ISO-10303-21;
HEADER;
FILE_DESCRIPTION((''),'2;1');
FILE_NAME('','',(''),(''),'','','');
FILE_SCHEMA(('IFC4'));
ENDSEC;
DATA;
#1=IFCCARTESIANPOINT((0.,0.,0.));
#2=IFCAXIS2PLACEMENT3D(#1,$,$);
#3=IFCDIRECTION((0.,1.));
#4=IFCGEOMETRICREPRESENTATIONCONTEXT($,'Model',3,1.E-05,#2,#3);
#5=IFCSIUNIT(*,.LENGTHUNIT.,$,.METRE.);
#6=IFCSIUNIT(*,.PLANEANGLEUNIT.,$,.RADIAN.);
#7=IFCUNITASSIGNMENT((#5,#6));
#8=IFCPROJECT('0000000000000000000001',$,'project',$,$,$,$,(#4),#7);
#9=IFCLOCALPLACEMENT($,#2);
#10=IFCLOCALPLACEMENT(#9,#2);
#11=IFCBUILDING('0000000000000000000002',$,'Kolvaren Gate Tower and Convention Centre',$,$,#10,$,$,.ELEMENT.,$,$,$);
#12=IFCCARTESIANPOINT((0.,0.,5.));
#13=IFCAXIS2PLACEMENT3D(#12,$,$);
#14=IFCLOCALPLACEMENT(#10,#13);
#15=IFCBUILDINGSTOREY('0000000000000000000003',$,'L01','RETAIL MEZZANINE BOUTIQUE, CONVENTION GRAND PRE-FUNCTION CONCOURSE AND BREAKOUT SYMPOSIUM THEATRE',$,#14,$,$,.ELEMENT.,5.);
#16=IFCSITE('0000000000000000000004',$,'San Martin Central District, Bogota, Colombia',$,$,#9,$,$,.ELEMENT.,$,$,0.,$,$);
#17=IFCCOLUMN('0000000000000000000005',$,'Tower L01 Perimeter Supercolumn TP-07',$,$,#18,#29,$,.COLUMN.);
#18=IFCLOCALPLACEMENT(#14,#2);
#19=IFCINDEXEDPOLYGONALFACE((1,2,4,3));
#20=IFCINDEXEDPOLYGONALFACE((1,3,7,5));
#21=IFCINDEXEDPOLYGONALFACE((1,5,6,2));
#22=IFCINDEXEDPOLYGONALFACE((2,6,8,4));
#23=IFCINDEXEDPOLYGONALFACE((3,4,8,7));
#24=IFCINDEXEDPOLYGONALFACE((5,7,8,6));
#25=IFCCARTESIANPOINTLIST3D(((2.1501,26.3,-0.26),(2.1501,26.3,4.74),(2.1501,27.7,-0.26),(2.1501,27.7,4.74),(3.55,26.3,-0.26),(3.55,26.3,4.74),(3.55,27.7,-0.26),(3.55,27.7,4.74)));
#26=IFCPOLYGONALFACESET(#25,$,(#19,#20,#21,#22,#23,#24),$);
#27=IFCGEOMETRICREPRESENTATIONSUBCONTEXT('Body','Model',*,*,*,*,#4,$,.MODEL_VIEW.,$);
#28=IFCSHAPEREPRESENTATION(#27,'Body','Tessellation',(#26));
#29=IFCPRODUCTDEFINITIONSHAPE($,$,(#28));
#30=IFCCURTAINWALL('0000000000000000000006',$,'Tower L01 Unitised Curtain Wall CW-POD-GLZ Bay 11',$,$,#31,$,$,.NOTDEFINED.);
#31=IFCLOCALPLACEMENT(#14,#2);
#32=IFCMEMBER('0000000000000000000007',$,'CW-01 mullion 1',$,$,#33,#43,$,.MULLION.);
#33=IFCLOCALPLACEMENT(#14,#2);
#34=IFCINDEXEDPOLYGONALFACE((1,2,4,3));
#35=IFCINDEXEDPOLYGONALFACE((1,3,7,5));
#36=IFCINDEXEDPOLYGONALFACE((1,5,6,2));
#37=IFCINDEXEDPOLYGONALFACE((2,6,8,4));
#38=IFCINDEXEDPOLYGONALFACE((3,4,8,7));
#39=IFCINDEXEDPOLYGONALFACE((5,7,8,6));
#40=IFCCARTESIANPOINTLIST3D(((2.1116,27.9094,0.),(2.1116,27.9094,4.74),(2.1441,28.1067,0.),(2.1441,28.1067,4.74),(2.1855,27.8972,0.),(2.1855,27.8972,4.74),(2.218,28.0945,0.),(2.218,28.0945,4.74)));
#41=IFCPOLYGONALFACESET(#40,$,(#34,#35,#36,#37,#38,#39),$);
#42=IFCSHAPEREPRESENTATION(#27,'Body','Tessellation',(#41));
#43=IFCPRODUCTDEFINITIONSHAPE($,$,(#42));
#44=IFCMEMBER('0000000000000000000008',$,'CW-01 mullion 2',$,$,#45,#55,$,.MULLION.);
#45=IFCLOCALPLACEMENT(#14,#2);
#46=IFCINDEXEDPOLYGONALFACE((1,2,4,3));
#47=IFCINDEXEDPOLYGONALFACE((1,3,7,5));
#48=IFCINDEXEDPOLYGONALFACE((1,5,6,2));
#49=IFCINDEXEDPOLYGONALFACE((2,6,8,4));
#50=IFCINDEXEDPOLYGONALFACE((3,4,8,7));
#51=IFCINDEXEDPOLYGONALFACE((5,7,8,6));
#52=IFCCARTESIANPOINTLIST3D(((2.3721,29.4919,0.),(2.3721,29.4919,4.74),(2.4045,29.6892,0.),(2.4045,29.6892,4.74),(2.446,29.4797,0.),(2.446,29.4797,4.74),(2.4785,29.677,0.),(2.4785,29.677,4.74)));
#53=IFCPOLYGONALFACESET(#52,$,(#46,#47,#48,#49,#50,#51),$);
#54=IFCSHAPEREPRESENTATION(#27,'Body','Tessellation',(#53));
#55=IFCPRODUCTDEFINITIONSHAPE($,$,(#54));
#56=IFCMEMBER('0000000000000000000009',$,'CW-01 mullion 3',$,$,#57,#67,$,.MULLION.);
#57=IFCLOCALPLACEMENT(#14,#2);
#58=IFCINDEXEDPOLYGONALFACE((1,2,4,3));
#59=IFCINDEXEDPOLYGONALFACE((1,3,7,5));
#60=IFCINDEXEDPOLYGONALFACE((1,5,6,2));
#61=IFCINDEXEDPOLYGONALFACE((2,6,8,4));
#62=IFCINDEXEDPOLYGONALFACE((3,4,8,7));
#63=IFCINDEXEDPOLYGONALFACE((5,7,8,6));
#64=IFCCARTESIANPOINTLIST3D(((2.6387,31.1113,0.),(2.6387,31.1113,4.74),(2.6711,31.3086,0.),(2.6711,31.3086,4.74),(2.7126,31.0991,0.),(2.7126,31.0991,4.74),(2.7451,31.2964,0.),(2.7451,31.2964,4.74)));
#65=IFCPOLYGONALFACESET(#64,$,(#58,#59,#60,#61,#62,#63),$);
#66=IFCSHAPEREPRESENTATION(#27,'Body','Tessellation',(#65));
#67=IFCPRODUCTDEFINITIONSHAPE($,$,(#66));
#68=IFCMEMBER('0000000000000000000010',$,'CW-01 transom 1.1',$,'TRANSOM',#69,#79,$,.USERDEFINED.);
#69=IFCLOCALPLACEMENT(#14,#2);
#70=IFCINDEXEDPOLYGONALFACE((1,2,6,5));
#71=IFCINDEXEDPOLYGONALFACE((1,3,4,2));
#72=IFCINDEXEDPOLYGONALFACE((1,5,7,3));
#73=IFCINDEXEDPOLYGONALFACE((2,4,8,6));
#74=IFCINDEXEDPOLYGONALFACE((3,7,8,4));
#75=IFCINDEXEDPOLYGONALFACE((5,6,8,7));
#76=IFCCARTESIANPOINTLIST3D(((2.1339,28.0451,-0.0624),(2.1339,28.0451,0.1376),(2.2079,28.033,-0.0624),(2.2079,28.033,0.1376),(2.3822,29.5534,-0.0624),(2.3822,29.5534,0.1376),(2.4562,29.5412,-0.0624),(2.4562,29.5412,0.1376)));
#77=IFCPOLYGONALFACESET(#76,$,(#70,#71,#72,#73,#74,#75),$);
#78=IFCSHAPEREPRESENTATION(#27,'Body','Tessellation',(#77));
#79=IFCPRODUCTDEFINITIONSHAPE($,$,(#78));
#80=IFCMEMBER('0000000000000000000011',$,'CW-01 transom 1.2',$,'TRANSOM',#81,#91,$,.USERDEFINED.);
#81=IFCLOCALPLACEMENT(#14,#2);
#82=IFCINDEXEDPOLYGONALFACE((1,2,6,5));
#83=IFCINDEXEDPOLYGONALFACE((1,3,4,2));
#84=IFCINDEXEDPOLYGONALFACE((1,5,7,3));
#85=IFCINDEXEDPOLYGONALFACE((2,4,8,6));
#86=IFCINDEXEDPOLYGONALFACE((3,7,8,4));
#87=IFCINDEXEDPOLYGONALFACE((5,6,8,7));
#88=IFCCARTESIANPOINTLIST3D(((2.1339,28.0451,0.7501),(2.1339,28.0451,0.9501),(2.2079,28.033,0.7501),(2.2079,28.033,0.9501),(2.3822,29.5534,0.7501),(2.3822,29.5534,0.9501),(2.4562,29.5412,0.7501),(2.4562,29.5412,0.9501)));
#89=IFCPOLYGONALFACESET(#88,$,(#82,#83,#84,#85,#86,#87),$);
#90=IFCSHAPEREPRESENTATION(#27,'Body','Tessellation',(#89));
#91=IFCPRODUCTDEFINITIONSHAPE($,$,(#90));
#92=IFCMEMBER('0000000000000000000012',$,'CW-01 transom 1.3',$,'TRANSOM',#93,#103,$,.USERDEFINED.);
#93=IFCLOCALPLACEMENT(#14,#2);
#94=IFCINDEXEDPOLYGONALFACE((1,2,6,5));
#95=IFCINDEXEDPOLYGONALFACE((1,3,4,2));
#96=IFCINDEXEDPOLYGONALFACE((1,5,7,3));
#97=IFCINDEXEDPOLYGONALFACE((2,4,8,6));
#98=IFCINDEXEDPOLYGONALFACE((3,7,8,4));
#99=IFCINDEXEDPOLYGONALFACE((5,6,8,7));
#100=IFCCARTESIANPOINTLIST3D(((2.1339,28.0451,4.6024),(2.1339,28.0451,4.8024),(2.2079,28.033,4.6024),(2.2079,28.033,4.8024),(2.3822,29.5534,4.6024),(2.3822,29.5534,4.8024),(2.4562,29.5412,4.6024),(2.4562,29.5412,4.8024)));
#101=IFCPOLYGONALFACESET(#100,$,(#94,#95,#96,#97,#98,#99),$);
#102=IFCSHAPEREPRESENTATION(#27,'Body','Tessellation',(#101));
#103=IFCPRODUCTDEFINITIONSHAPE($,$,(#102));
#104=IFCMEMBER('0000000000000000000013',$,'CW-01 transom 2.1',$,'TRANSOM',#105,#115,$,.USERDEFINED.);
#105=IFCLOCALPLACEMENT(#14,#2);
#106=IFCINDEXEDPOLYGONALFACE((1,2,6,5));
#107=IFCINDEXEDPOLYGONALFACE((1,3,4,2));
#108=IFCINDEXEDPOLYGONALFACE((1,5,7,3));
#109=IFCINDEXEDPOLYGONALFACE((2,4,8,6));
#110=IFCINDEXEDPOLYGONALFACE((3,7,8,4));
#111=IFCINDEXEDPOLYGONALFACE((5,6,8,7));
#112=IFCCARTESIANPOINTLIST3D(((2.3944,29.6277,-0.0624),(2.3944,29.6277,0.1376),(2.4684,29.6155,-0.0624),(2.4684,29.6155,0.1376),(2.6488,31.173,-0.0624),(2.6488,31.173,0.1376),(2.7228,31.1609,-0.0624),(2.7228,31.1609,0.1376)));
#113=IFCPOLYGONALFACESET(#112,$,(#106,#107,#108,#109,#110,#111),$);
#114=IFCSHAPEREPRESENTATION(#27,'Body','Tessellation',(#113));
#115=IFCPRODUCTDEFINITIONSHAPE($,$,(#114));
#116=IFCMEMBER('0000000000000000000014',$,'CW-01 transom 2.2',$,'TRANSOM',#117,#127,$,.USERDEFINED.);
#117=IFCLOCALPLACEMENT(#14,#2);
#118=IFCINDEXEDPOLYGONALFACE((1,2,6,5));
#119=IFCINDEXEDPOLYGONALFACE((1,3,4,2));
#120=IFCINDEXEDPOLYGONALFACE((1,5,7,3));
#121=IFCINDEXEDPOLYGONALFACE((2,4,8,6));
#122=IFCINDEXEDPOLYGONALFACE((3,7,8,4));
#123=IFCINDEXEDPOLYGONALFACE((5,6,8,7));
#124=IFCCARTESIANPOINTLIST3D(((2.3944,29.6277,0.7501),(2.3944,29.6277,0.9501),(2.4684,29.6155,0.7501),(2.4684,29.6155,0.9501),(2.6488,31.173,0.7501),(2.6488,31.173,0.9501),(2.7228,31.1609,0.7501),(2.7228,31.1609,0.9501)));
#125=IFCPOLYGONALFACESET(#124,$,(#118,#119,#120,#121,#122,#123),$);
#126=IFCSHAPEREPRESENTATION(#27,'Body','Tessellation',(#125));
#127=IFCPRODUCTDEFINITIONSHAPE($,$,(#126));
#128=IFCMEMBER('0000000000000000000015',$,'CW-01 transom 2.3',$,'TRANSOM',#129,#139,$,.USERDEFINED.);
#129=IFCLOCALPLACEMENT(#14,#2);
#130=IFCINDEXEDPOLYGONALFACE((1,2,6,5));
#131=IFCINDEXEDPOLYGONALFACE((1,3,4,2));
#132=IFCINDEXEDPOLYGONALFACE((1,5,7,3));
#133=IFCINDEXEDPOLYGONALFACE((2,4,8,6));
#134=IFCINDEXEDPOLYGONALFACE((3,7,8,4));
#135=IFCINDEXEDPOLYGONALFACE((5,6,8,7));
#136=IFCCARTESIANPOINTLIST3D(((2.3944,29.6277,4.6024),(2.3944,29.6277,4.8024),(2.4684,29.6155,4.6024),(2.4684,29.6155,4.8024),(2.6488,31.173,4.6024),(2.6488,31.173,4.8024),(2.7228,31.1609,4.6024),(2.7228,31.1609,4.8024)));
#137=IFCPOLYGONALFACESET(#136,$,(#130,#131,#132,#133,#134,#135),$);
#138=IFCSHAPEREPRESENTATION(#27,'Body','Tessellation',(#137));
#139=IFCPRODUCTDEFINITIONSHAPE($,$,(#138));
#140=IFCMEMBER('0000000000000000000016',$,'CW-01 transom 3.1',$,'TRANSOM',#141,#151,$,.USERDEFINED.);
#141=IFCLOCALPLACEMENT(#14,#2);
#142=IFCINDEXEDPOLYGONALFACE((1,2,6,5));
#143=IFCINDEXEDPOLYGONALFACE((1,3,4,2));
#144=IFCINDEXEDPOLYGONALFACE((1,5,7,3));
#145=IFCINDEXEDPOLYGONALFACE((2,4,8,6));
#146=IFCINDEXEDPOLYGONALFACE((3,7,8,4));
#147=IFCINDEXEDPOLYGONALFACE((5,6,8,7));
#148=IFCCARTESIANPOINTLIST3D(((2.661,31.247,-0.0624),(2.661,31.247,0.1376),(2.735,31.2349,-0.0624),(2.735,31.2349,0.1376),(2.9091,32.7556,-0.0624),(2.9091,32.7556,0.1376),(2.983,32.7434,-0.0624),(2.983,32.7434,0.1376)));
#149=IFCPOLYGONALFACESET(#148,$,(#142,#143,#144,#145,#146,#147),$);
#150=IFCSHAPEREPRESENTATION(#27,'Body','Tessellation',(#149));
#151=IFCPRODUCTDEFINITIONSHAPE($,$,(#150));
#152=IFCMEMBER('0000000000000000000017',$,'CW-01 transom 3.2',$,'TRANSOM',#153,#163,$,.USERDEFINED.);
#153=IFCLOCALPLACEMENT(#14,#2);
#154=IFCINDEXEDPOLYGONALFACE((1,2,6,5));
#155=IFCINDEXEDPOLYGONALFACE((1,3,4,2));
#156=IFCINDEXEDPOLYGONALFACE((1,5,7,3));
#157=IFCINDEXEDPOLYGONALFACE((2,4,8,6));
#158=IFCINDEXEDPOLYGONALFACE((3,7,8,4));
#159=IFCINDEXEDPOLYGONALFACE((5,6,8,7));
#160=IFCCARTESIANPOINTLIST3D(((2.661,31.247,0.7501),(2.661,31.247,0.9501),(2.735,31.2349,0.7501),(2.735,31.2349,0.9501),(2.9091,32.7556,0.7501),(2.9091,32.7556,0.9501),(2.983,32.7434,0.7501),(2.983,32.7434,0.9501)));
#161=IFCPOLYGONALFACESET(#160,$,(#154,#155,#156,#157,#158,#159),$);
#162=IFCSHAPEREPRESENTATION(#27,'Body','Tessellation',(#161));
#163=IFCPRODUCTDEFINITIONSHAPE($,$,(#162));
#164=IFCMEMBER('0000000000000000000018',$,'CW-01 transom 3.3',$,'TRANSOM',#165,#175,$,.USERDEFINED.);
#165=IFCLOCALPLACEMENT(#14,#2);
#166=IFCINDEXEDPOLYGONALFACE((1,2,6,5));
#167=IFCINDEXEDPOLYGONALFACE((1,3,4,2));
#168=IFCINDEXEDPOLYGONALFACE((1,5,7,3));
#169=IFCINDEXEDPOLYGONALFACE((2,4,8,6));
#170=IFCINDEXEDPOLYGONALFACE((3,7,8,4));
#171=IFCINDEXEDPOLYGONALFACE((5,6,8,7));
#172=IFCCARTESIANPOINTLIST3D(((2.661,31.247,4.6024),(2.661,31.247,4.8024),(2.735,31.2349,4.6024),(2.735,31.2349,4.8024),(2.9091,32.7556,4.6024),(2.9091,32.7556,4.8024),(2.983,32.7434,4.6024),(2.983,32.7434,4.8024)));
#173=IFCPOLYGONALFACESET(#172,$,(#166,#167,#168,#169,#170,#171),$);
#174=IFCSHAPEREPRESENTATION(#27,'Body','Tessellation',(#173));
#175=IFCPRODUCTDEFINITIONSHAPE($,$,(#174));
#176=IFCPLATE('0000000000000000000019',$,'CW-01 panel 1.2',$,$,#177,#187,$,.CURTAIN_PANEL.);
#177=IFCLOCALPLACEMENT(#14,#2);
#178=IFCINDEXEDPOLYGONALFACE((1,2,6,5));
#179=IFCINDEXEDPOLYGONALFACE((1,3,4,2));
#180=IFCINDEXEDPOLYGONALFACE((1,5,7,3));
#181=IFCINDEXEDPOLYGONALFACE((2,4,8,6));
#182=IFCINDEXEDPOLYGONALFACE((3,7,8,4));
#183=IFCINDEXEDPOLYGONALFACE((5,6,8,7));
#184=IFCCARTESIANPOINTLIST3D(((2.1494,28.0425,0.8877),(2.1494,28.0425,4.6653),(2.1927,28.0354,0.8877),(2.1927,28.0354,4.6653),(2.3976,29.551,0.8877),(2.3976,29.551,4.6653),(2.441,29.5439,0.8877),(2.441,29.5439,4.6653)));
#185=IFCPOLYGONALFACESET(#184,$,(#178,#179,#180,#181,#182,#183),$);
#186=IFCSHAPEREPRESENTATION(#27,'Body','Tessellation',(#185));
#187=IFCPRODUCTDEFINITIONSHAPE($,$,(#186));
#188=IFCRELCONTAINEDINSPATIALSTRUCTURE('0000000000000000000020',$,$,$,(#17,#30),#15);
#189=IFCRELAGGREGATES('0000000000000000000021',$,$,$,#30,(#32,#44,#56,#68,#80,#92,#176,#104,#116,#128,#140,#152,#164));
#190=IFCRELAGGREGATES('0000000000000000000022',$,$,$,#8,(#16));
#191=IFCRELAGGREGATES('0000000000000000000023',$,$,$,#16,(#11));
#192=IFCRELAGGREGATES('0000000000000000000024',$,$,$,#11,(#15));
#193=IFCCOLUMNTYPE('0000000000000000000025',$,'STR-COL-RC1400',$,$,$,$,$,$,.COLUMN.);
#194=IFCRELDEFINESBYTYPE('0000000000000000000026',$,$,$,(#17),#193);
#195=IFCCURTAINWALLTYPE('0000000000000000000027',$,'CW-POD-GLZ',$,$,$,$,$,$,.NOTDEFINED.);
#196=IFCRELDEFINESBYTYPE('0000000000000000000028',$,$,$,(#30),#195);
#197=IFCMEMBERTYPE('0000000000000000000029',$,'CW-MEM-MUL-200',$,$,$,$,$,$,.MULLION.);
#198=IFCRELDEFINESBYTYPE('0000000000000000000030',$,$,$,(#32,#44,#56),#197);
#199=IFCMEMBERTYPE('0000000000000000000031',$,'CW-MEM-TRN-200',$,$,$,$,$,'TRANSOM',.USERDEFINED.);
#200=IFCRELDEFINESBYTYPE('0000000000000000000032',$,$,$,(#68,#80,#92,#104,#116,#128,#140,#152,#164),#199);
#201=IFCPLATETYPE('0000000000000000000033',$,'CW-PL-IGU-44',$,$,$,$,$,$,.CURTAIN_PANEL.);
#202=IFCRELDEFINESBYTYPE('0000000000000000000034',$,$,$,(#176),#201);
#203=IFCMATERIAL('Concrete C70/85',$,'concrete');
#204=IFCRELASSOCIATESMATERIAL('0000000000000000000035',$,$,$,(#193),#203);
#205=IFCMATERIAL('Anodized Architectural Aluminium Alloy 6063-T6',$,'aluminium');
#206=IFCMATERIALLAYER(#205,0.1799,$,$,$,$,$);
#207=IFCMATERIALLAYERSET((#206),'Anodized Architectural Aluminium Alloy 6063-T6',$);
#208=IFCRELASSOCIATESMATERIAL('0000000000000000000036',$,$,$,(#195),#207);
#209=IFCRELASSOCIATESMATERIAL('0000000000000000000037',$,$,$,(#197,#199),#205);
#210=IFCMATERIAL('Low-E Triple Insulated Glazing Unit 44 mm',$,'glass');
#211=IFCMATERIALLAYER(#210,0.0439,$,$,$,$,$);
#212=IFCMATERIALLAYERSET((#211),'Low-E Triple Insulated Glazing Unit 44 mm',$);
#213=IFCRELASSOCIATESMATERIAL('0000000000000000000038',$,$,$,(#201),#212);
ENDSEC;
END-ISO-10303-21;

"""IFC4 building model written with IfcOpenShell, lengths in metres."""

from ifc_helpers import new_model, si_unit, direction, frame, origin, origin_2d, place, context, subcontext, project, spatial, rectangle, extrude, material, layer, layer_set, material_profile, profile_set, type_object, element, aggregate, save


model = new_model("IFC4")

# Units and contexts
model_context = context("Model", 3, precision=1e-05, world=origin(), true_north=direction((0.0, 1.0)))
body_context = subcontext(model_context, "Body", "Model", "MODEL_VIEW")
ifc_project = project(units=[si_unit("LENGTHUNIT", "METRE"), si_unit("PLANEANGLEUNIT", "RADIAN")], contexts=[model_context])

# Site, building, storey
site_placement = place(None, origin())
site = spatial("IfcSite", under=ifc_project, at=site_placement, Name="San Martin Central District, Bogota, Colombia", CompositionType="ELEMENT", RefElevation=0.0)
building_placement = place(site_placement, origin())
building = spatial("IfcBuilding", under=site, at=building_placement, Name="Kolvaren Gate Tower and Convention Centre", CompositionType="ELEMENT")
storey_placement = place(building_placement, frame((0.0, 0.0, 5.0)))
storey = spatial("IfcBuildingStorey", under=building, at=storey_placement, Name="L01", Description="RETAIL MEZZANINE BOUTIQUE, CONVENTION GRAND PRE-FUNCTION CONCOURSE AND BREAKOUT SYMPOSIUM THEATRE", CompositionType="ELEMENT", Elevation=5.0)

# Column
ifc_material_1 = material(Name="Concrete C70/85", Category="concrete")
ifc_material_profile_1 = material_profile(ifc_material_1, rectangle(XDim=1.3999, YDim=1.3999, at=origin_2d()), Name="RC-COL-1400X1400")
ifc_profile_set_1 = profile_set([ifc_material_profile_1], Name="Concrete C70/85")
column_type = type_object("IfcColumnType", Name="STR-COL-RC1400", PredefinedType="COLUMN", material=ifc_profile_set_1)
column_placement = place(storey_placement, frame((2.8501, 27.0, -0.26), z_axis=(0.0, 0.0, 1.0), x_axis=(1.0, 0.0, 0.0)))
element("IfcColumn", 1, at=column_placement, inside=storey, type_object=column_type, Name="Tower L01 Perimeter Supercolumn TP-07", PredefinedType="COLUMN", context=body_context, shape_type="SweptSolid", body=[
    extrude(rectangle(XDim=1.3999, YDim=1.3999, at=origin_2d()), origin(), (0.0, 0.0, 1.0), 5.0),
])

# Curtain wall, members, plate
ifc_material_2 = material(Name="Anodized Architectural Aluminium Alloy 6063-T6", Category="aluminium")
ifc_layer_1 = layer(ifc_material_2, 0.1799)
ifc_layer_set_1 = layer_set([ifc_layer_1], Name="Anodized Architectural Aluminium Alloy 6063-T6")
curtain_wall_type = type_object("IfcCurtainWallType", Name="CW-POD-GLZ", PredefinedType="NOTDEFINED", material=ifc_layer_set_1)
curtain_wall_placement = place(storey_placement, origin())
curtain_wall = element("IfcCurtainWall", 2, at=curtain_wall_placement, inside=storey, type_object=curtain_wall_type, Name="Tower L01 Unitised Curtain Wall CW-POD-GLZ Bay 11", PredefinedType="NOTDEFINED")
ifc_material_profile_2 = material_profile(ifc_material_2, rectangle(XDim=0.075, YDim=0.2, at=origin_2d()), Name="CW-MEM-MUL-200")
ifc_profile_set_2 = profile_set([ifc_material_profile_2], Name="Anodized Architectural Aluminium Alloy 6063-T6")
member_type_1 = type_object("IfcMemberType", Name="CW-MEM-MUL-200", PredefinedType="MULLION", material=ifc_profile_set_2)
member_1_placement = place(storey_placement, frame((2.1648, 28.002, 0.0), z_axis=(0.0, 0.0, 1.0), x_axis=(-0.986729, 0.162376, 0.0)))
member_1 = element("IfcMember", 3, at=member_1_placement, type_object=member_type_1, Name="CW-01 mullion 1", PredefinedType="MULLION", context=body_context, shape_type="SweptSolid", body=[
    extrude(rectangle(XDim=0.075, YDim=0.2, at=origin_2d()), origin(), (0.0, 0.0, 1.0), 4.74),
])
member_2_placement = place(storey_placement, frame((2.4253, 29.5845, 0.0), z_axis=(0.0, 0.0, 1.0), x_axis=(-0.986729, 0.162376, 0.0)))
member_2 = element("IfcMember", 4, at=member_2_placement, type_object=member_type_1, Name="CW-01 mullion 2", PredefinedType="MULLION", context=body_context, shape_type="SweptSolid", body=[
    extrude(rectangle(XDim=0.075, YDim=0.2, at=origin_2d()), origin(), (0.0, 0.0, 1.0), 4.74),
])
member_3_placement = place(storey_placement, frame((2.6919, 31.2039, 0.0), z_axis=(0.0, 0.0, 1.0), x_axis=(-0.986729, 0.162376, 0.0)))
member_3 = element("IfcMember", 5, at=member_3_placement, type_object=member_type_1, Name="CW-01 mullion 3", PredefinedType="MULLION", context=body_context, shape_type="SweptSolid", body=[
    extrude(rectangle(XDim=0.075, YDim=0.2, at=origin_2d()), origin(), (0.0, 0.0, 1.0), 4.74),
])
ifc_material_profile_3 = material_profile(ifc_material_2, rectangle(XDim=0.075, YDim=0.2, at=origin_2d()), Name="CW-MEM-TRN-200")
ifc_profile_set_3 = profile_set([ifc_material_profile_3], Name="Anodized Architectural Aluminium Alloy 6063-T6")
member_type_2 = type_object("IfcMemberType", Name="CW-MEM-TRN-200", ElementType="TRANSOM", PredefinedType="USERDEFINED", material=ifc_profile_set_3)
member_4_placement = place(storey_placement, frame((2.1709, 28.0391, 0.0376), z_axis=(0.16243, 0.98672, 0.0), x_axis=(-0.98672, 0.16243, 0.0)))
member_4 = element("IfcMember", 6, at=member_4_placement, type_object=member_type_2, Name="CW-01 transom 1.1", ObjectType="TRANSOM", PredefinedType="USERDEFINED", context=body_context, shape_type="SweptSolid", body=[
    extrude(rectangle(XDim=0.075, YDim=0.2, at=origin_2d()), origin(), (0.0, 0.0, 1.0), 1.5286),
])
member_5_placement = place(storey_placement, frame((2.1709, 28.0391, 0.8501), z_axis=(0.16243, 0.98672, 0.0), x_axis=(-0.98672, 0.16243, 0.0)))
member_5 = element("IfcMember", 7, at=member_5_placement, type_object=member_type_2, Name="CW-01 transom 1.2", ObjectType="TRANSOM", PredefinedType="USERDEFINED", context=body_context, shape_type="SweptSolid", body=[
    extrude(rectangle(XDim=0.075, YDim=0.2, at=origin_2d()), origin(), (0.0, 0.0, 1.0), 1.5286),
])
member_6_placement = place(storey_placement, frame((2.1709, 28.0391, 4.7024), z_axis=(0.16243, 0.98672, 0.0), x_axis=(-0.98672, 0.16243, 0.0)))
member_6 = element("IfcMember", 8, at=member_6_placement, type_object=member_type_2, Name="CW-01 transom 1.3", ObjectType="TRANSOM", PredefinedType="USERDEFINED", context=body_context, shape_type="SweptSolid", body=[
    extrude(rectangle(XDim=0.075, YDim=0.2, at=origin_2d()), origin(), (0.0, 0.0, 1.0), 1.5286),
])
member_7_placement = place(storey_placement, frame((2.4314, 29.6216, 0.0376), z_axis=(0.162427, 0.986721, 0.0), x_axis=(-0.986721, 0.162427, 0.0)))
member_7 = element("IfcMember", 9, at=member_7_placement, type_object=member_type_2, Name="CW-01 transom 2.1", ObjectType="TRANSOM", PredefinedType="USERDEFINED", context=body_context, shape_type="SweptSolid", body=[
    extrude(rectangle(XDim=0.075, YDim=0.2, at=origin_2d()), origin(), (0.0, 0.0, 1.0), 1.5662),
])
member_8_placement = place(storey_placement, frame((2.4314, 29.6216, 0.8501), z_axis=(0.162427, 0.986721, 0.0), x_axis=(-0.986721, 0.162427, 0.0)))
member_8 = element("IfcMember", 10, at=member_8_placement, type_object=member_type_2, Name="CW-01 transom 2.2", ObjectType="TRANSOM", PredefinedType="USERDEFINED", context=body_context, shape_type="SweptSolid", body=[
    extrude(rectangle(XDim=0.075, YDim=0.2, at=origin_2d()), origin(), (0.0, 0.0, 1.0), 1.5662),
])
member_9_placement = place(storey_placement, frame((2.4314, 29.6216, 4.7024), z_axis=(0.162427, 0.986721, 0.0), x_axis=(-0.986721, 0.162427, 0.0)))
member_9 = element("IfcMember", 11, at=member_9_placement, type_object=member_type_2, Name="CW-01 transom 2.3", ObjectType="TRANSOM", PredefinedType="USERDEFINED", context=body_context, shape_type="SweptSolid", body=[
    extrude(rectangle(XDim=0.075, YDim=0.2, at=origin_2d()), origin(), (0.0, 0.0, 1.0), 1.5662),
])
member_10_placement = place(storey_placement, frame((2.698, 31.241, 0.0376), z_axis=(0.162249, 0.98675, 0.0), x_axis=(-0.98675, 0.162249, 0.0)))
member_10 = element("IfcMember", 12, at=member_10_placement, type_object=member_type_2, Name="CW-01 transom 3.1", ObjectType="TRANSOM", PredefinedType="USERDEFINED", context=body_context, shape_type="SweptSolid", body=[
    extrude(rectangle(XDim=0.075, YDim=0.2, at=origin_2d()), origin(), (0.0, 0.0, 1.0), 1.5288),
])
member_11_placement = place(storey_placement, frame((2.698, 31.241, 0.8501), z_axis=(0.162249, 0.98675, 0.0), x_axis=(-0.98675, 0.162249, 0.0)))
member_11 = element("IfcMember", 13, at=member_11_placement, type_object=member_type_2, Name="CW-01 transom 3.2", ObjectType="TRANSOM", PredefinedType="USERDEFINED", context=body_context, shape_type="SweptSolid", body=[
    extrude(rectangle(XDim=0.075, YDim=0.2, at=origin_2d()), origin(), (0.0, 0.0, 1.0), 1.5288),
])
member_12_placement = place(storey_placement, frame((2.698, 31.241, 4.7024), z_axis=(0.162249, 0.98675, 0.0), x_axis=(-0.98675, 0.162249, 0.0)))
member_12 = element("IfcMember", 14, at=member_12_placement, type_object=member_type_2, Name="CW-01 transom 3.3", ObjectType="TRANSOM", PredefinedType="USERDEFINED", context=body_context, shape_type="SweptSolid", body=[
    extrude(rectangle(XDim=0.075, YDim=0.2, at=origin_2d()), origin(), (0.0, 0.0, 1.0), 1.5288),
])
ifc_material_3 = material(Name="Low-E Triple Insulated Glazing Unit 44 mm", Category="glass")
ifc_layer_2 = layer(ifc_material_3, 0.0439)
ifc_layer_set_2 = layer_set([ifc_layer_2], Name="Low-E Triple Insulated Glazing Unit 44 mm")
plate_type_1 = type_object("IfcPlateType", Name="CW-PL-IGU-44", PredefinedType="CURTAIN_PANEL", material=ifc_layer_set_2)
plate_1_placement = place(storey_placement, frame((2.2952, 28.7932, 0.8877), z_axis=(0.0, 0.0, 1.0), x_axis=(0.162376, 0.986729, 0.0)))
plate_1 = element("IfcPlate", 15, at=plate_1_placement, type_object=plate_type_1, Name="CW-01 panel 1.2", PredefinedType="CURTAIN_PANEL", context=body_context, shape_type="SweptSolid", body=[
    extrude(rectangle(XDim=1.5288, YDim=0.0439, at=origin_2d()), origin(), (0.0, 0.0, 1.0), 3.7776),
])
aggregate(curtain_wall, [member_1, member_2, member_3, member_4, member_5, member_6, plate_1, member_7, member_8, member_9, member_10, member_11, member_12])

save(model, "model.ifc")
